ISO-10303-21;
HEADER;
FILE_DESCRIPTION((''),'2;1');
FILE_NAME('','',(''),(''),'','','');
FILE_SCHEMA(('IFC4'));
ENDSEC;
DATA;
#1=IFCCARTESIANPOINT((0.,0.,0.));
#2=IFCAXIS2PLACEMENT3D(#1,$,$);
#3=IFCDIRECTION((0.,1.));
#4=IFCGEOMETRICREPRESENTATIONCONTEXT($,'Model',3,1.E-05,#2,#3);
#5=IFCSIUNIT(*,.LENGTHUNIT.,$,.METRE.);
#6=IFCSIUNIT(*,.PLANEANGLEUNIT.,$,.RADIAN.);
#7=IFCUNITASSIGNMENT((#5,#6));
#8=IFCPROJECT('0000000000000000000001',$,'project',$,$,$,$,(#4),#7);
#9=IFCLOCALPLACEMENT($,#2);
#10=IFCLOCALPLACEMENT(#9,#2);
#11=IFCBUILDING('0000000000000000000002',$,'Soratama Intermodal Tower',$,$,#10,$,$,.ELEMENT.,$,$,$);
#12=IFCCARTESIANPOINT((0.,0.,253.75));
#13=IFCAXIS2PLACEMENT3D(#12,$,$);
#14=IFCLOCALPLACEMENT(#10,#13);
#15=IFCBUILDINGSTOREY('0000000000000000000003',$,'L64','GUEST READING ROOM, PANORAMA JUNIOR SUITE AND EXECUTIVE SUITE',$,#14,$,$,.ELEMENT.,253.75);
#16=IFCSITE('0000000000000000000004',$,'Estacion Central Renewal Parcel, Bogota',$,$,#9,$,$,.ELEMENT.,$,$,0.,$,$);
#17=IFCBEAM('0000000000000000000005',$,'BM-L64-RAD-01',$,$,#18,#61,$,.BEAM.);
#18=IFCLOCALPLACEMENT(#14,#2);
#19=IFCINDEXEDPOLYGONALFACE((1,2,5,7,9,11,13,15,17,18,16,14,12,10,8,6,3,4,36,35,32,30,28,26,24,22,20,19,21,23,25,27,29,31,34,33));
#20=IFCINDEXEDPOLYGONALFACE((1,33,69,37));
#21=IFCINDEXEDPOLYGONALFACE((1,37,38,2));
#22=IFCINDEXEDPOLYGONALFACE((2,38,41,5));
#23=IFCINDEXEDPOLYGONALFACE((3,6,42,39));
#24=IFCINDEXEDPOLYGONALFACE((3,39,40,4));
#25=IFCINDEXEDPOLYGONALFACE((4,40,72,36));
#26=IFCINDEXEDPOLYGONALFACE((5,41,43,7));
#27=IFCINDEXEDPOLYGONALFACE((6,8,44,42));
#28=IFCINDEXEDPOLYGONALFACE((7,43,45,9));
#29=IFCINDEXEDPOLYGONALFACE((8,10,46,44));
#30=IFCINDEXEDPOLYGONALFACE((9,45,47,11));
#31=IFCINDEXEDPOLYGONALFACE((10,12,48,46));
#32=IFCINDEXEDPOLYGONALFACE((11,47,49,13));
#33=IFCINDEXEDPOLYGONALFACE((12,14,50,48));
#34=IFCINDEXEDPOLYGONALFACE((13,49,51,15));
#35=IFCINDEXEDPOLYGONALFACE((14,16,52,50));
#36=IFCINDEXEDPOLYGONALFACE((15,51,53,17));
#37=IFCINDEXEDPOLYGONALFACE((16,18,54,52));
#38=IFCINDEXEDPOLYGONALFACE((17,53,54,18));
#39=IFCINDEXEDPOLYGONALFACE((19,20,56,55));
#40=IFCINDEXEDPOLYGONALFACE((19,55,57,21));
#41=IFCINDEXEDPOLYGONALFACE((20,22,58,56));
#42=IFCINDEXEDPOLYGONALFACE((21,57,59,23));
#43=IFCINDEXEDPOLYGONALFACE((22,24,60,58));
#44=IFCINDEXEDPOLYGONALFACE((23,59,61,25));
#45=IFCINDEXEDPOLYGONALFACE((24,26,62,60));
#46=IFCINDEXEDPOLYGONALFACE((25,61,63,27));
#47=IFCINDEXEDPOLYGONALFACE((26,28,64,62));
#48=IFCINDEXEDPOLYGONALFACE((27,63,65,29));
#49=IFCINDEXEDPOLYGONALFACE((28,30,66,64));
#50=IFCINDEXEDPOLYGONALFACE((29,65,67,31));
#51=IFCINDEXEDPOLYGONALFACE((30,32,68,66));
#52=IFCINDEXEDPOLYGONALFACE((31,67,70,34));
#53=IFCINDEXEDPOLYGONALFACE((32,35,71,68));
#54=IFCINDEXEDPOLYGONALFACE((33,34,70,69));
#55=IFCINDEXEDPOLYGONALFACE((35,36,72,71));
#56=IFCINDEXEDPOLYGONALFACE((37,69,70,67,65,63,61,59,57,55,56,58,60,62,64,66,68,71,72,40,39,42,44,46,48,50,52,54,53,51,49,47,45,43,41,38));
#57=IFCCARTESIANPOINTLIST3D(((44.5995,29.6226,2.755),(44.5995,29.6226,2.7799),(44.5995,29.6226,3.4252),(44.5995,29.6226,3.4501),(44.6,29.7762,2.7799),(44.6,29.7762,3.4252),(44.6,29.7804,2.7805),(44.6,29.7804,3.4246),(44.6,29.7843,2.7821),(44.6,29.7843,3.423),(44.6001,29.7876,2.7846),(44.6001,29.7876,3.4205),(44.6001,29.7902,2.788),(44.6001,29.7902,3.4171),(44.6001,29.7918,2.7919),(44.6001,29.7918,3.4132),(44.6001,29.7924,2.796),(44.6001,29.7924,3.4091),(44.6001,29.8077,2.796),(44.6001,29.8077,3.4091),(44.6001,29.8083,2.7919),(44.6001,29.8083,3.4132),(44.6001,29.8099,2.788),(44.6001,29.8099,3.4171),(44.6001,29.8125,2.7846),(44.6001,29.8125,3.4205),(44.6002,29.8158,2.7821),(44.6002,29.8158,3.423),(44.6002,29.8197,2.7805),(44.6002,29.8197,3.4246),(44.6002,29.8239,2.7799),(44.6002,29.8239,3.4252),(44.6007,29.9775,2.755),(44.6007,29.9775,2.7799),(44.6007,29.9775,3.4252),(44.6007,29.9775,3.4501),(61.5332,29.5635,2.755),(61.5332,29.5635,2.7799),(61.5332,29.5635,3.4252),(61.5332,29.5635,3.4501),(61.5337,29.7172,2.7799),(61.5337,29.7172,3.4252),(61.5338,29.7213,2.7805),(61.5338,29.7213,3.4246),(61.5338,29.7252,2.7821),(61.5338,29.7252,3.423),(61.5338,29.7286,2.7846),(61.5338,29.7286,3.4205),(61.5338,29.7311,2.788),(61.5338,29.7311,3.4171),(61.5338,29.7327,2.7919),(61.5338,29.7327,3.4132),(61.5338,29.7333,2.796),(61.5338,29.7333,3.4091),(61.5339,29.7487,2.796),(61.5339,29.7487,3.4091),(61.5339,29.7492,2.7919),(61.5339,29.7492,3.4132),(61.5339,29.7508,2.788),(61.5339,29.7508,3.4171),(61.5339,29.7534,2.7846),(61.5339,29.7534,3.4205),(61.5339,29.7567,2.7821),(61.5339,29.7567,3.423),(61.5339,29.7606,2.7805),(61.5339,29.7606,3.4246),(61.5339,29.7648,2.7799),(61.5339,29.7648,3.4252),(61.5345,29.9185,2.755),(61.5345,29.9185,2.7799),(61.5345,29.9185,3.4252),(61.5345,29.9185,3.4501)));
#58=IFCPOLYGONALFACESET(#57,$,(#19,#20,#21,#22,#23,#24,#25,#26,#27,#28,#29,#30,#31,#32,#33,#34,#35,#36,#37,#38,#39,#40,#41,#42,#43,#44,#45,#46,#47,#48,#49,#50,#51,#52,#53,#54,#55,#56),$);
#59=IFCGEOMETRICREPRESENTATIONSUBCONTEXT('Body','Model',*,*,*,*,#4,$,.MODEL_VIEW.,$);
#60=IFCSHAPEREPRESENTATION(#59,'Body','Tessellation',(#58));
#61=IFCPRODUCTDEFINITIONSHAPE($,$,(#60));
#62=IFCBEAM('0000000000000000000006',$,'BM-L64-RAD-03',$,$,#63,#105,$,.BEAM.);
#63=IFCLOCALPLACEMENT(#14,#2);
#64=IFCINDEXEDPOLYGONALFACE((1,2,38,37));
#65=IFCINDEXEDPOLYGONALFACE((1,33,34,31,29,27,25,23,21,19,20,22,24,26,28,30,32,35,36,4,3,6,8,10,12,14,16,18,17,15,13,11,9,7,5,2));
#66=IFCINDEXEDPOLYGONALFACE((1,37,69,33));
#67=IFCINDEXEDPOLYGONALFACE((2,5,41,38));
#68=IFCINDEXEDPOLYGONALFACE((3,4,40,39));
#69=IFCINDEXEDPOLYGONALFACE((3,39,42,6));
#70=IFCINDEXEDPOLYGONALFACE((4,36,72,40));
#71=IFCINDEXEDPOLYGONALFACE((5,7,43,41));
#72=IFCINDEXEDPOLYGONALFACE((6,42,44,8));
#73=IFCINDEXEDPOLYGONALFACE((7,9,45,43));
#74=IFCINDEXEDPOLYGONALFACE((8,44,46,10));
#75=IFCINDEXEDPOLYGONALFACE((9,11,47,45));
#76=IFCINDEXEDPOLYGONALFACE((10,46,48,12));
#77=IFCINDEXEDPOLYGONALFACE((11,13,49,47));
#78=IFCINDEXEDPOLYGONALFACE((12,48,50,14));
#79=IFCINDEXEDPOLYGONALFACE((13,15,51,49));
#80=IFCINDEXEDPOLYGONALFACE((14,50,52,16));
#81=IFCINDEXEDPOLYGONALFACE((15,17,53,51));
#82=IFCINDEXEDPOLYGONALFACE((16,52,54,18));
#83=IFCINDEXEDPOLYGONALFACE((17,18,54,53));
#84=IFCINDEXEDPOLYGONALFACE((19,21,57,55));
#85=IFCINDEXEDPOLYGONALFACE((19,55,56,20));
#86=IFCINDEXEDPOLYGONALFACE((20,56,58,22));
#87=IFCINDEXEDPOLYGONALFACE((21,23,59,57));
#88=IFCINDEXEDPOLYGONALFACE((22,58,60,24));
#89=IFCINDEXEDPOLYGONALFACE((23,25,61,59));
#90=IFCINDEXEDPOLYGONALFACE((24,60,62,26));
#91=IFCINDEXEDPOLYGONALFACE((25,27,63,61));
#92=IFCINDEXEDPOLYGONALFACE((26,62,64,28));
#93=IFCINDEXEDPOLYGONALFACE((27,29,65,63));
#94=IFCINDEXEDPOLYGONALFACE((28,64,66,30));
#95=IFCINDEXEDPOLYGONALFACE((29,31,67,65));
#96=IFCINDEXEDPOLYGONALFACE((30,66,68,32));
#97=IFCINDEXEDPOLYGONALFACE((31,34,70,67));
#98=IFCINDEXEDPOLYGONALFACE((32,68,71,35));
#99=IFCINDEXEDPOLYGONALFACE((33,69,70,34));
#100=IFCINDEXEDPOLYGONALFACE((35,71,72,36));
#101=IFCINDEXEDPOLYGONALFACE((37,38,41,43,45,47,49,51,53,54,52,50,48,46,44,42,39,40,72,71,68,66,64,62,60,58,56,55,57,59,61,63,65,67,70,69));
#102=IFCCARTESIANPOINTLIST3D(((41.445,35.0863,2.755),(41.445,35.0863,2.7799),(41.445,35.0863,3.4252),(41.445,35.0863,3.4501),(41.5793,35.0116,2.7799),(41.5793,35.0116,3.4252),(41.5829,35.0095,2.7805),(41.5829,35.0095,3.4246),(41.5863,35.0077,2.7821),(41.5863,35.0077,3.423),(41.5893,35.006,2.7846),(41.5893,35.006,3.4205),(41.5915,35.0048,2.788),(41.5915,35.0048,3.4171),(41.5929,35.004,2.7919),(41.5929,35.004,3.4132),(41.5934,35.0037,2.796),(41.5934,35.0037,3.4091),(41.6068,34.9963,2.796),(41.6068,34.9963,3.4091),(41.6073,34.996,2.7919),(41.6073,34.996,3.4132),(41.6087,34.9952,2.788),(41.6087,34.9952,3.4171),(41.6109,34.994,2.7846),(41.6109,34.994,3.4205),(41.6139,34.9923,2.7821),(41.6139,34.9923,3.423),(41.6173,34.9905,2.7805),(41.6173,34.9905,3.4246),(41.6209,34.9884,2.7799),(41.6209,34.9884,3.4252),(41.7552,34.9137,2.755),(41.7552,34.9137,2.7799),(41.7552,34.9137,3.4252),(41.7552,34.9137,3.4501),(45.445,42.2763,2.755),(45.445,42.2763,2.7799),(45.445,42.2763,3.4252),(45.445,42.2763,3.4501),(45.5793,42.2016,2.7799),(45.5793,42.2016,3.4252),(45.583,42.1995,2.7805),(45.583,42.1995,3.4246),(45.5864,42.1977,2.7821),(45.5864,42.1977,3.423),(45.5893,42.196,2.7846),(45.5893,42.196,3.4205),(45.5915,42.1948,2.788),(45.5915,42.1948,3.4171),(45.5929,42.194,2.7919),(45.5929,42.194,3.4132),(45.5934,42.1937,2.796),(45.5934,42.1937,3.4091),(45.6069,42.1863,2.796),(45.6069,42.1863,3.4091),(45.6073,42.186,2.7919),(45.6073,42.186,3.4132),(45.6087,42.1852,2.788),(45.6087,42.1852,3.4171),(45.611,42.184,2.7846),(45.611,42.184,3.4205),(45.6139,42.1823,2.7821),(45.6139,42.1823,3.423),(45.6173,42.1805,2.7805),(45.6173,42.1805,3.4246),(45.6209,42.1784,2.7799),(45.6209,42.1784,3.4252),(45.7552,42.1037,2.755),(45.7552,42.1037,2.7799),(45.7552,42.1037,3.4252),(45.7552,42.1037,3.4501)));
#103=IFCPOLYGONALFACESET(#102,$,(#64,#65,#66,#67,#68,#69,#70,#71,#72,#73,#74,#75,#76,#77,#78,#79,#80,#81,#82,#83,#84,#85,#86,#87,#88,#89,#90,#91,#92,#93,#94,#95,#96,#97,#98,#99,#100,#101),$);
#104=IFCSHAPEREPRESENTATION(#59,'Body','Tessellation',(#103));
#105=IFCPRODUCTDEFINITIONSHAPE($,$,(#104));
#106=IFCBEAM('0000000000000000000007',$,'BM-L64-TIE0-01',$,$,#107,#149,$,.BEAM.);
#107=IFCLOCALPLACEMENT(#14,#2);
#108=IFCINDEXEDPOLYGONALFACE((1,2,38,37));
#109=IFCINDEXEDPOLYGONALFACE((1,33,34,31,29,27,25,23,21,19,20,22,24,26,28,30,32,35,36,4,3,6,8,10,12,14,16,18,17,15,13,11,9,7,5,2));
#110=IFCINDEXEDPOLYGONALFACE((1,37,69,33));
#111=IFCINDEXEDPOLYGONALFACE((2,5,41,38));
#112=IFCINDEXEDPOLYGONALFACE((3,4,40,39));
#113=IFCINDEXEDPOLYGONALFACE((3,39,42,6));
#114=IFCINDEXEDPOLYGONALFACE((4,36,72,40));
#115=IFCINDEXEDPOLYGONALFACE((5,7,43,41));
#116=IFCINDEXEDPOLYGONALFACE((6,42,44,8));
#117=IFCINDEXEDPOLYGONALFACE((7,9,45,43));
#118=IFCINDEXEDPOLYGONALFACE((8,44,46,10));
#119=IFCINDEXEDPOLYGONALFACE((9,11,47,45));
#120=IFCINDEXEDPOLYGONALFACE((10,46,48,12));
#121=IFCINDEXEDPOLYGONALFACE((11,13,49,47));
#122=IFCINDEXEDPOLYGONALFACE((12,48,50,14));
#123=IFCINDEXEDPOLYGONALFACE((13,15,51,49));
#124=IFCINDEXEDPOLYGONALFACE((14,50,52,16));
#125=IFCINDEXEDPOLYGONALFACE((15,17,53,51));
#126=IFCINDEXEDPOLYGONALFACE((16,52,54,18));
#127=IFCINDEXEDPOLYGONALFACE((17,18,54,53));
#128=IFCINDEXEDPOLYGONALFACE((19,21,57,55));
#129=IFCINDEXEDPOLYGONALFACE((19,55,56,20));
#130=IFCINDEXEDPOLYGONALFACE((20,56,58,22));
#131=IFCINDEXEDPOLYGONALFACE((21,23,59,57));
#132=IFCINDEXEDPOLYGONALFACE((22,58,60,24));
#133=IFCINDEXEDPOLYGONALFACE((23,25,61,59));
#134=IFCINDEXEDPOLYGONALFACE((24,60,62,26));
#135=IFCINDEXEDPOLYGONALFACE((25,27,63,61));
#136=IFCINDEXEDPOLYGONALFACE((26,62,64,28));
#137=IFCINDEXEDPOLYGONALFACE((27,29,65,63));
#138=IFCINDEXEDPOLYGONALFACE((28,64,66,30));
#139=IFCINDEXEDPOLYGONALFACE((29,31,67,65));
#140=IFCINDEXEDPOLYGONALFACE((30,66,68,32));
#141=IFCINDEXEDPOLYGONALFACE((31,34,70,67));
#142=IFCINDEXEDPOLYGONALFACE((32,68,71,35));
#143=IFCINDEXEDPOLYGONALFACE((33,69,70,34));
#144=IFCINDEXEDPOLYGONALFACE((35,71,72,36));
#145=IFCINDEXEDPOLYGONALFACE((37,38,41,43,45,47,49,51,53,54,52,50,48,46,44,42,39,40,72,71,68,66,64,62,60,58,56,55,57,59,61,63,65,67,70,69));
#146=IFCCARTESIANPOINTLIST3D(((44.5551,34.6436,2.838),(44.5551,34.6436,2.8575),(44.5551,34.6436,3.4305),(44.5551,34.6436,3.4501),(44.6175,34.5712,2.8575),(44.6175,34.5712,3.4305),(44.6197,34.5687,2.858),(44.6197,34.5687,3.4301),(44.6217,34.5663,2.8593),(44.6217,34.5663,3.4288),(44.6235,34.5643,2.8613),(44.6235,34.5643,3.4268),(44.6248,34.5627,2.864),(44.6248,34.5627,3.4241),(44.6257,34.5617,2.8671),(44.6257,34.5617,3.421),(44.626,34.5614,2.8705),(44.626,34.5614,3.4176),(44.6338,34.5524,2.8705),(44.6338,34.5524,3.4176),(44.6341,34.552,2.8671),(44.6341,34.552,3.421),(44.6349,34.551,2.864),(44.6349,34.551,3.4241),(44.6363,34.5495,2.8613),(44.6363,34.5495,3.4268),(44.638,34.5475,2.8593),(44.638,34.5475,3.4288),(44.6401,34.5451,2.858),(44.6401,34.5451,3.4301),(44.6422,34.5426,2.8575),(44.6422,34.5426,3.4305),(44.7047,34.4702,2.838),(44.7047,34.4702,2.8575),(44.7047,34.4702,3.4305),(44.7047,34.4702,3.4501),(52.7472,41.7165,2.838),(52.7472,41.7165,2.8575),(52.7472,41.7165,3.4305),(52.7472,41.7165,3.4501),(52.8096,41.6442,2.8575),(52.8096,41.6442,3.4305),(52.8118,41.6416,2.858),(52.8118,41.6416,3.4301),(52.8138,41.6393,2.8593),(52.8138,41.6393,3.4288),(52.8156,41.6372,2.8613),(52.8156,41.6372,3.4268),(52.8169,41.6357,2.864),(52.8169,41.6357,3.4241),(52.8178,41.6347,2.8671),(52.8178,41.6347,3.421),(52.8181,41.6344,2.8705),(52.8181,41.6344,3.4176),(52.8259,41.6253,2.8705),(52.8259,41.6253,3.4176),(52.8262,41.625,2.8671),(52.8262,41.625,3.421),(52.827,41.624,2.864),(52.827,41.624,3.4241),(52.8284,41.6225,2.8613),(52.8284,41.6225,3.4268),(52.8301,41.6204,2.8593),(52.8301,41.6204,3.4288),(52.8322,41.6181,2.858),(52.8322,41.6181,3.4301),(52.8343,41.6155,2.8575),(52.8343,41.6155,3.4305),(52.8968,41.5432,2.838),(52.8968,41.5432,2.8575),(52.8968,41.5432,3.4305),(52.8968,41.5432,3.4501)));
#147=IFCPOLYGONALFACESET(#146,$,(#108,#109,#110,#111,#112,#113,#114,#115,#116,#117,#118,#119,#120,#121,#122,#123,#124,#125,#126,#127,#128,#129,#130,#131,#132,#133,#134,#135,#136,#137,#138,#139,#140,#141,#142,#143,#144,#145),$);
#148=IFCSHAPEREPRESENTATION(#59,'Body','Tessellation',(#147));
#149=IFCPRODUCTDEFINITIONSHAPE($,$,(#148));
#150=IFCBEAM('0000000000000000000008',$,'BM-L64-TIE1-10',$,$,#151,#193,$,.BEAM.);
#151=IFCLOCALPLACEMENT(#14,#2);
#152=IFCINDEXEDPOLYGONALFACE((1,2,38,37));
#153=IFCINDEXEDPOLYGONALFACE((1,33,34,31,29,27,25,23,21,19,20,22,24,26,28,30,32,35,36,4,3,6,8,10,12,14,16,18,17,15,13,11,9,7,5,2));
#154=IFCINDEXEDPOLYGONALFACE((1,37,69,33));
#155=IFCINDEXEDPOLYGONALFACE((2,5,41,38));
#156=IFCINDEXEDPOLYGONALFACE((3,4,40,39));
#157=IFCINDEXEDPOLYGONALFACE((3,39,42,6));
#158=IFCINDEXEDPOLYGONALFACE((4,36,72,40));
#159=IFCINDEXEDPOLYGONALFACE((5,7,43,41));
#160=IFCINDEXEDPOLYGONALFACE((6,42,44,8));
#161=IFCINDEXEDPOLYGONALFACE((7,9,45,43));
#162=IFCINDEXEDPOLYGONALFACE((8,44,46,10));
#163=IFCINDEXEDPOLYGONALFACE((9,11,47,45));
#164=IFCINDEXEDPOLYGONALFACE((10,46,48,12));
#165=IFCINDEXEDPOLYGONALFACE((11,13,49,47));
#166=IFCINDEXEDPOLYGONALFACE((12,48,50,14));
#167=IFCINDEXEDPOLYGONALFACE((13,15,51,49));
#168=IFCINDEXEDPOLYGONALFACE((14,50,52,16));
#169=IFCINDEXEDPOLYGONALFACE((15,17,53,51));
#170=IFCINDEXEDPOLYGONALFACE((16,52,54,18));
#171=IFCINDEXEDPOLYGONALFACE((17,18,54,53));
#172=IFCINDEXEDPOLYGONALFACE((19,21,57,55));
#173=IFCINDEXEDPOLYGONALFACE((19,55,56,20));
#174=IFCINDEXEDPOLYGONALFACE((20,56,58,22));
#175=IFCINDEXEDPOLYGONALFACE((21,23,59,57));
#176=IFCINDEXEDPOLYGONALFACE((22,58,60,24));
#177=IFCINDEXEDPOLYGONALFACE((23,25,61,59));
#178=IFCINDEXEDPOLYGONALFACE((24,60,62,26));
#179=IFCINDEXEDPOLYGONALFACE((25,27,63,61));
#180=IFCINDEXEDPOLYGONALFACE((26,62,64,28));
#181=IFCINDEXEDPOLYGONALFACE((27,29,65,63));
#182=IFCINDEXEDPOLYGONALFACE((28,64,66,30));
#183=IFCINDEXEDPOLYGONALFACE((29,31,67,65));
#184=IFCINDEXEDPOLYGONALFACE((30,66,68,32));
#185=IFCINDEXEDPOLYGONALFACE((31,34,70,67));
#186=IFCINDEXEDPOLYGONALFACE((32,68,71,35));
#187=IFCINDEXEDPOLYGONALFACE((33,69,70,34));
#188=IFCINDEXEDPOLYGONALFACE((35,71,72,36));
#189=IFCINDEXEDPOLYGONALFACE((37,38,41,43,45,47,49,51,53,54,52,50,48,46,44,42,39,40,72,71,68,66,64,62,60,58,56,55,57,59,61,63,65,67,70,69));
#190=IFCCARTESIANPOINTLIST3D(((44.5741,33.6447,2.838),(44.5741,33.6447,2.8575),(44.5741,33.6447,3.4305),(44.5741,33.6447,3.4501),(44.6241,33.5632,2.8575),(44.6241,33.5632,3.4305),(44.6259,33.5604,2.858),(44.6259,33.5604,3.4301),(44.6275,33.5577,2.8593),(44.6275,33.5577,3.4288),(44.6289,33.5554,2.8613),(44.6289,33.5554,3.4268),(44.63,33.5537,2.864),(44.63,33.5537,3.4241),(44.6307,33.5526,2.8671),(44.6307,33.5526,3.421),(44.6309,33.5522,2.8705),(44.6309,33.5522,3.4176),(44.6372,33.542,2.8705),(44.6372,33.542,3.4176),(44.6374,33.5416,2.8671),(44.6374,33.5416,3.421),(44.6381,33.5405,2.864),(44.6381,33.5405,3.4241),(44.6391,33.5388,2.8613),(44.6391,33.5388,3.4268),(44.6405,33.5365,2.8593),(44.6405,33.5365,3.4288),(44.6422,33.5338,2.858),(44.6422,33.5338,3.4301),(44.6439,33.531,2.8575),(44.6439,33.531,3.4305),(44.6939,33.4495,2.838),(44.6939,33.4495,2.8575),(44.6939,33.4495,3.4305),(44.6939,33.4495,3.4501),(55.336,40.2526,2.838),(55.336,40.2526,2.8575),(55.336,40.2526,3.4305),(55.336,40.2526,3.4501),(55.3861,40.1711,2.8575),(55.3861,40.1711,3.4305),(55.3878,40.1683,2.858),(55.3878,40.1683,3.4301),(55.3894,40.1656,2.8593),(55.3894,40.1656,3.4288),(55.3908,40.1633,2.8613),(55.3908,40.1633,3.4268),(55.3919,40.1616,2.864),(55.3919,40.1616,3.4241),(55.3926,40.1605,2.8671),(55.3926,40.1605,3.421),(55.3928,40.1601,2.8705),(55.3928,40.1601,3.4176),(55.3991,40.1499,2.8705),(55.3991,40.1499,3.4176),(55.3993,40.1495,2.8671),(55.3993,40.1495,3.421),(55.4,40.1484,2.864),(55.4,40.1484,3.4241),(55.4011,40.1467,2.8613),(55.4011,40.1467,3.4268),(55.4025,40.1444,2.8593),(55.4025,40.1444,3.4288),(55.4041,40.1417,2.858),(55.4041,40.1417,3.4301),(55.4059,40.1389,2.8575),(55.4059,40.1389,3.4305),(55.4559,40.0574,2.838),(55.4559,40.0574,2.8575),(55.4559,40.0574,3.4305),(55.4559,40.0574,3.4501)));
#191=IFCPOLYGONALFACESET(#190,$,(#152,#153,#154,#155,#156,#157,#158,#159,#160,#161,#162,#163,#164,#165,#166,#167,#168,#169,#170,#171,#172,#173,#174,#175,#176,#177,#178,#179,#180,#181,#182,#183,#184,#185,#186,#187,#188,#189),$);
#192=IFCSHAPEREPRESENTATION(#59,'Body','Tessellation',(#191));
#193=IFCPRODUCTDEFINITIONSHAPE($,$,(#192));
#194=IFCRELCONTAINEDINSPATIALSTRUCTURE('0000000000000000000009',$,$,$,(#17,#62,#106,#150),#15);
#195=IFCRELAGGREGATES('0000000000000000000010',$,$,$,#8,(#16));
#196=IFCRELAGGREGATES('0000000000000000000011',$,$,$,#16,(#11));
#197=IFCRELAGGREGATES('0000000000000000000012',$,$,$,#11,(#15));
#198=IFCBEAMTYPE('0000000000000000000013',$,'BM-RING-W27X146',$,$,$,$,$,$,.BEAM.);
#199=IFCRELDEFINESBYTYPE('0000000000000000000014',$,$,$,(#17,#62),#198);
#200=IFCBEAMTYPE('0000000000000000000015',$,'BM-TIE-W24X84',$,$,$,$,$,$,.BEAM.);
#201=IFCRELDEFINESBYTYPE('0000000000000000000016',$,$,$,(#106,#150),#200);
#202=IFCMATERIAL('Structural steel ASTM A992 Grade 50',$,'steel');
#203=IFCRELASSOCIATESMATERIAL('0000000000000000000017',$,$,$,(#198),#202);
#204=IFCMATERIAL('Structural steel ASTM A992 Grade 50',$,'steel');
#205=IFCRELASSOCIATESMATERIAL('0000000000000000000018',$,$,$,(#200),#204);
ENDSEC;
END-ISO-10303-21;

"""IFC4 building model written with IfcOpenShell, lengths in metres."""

from ifc_helpers import new_model, si_unit, direction, frame, origin, origin_2d, place, context, subcontext, project, spatial, i_section, extrude, material, material_profile, profile_set, type_object, element, save


model = new_model("IFC4")

# Units and contexts
model_context = context("Model", 3, precision=1e-05, world=origin(), true_north=direction((0.0, 1.0)))
body_context = subcontext(model_context, "Body", "Model", "MODEL_VIEW")
ifc_project = project(units=[si_unit("LENGTHUNIT", "METRE"), si_unit("PLANEANGLEUNIT", "RADIAN")], contexts=[model_context])

# Site, building, storey
site_placement = place(None, origin())
site = spatial("IfcSite", under=ifc_project, at=site_placement, Name="Estacion Central Renewal Parcel, Bogota", CompositionType="ELEMENT", RefElevation=0.0)
building_placement = place(site_placement, origin())
building = spatial("IfcBuilding", under=site, at=building_placement, Name="Soratama Intermodal Tower", CompositionType="ELEMENT")
storey_placement = place(building_placement, frame((0.0, 0.0, 253.75)))
storey = spatial("IfcBuildingStorey", under=building, at=storey_placement, Name="L64", Description="GUEST READING ROOM, PANORAMA JUNIOR SUITE AND EXECUTIVE SUITE", CompositionType="ELEMENT", Elevation=253.75)

# Beams
ifc_material_1 = material(Name="Structural steel ASTM A992 Grade 50", Category="steel")
ifc_material_profile_1 = material_profile(ifc_material_1, i_section(OverallWidth=0.355, OverallDepth=0.6951, WebThickness=0.0154, FlangeThickness=0.0249, FilletRadius=0.0161, at=origin_2d()), Name="W27X146")
ifc_profile_set_1 = profile_set([ifc_material_profile_1], Name="Structural steel ASTM A992 Grade 50")
beam_type_1 = type_object("IfcBeamType", Name="BM-RING-W27X146", PredefinedType="BEAM", material=ifc_profile_set_1)
beam_1_placement = place(storey_placement, frame((44.6001, 29.8, 3.1025), z_axis=(0.999994, -0.003489, 0.0), x_axis=(0.003489, 0.999994, 0.0)))
element("IfcBeam", 1, at=beam_1_placement, inside=storey, type_object=beam_type_1, Name="BM-L64-RAD-01", PredefinedType="BEAM", context=body_context, shape_type="SweptSolid", body=[
    extrude(i_section(OverallWidth=0.355, OverallDepth=0.6951, WebThickness=0.0154, FlangeThickness=0.0249, FilletRadius=0.0161, at=origin_2d()), origin(), (0.0, 0.0, 1.0), 16.9338),
])
beam_2_placement = place(storey_placement, frame((41.6001, 35.0, 3.1025), z_axis=(0.486162, 0.873869, 0.0), x_axis=(-0.873869, 0.486162, 0.0)))
element("IfcBeam", 2, at=beam_2_placement, inside=storey, type_object=beam_type_1, Name="BM-L64-RAD-03", PredefinedType="BEAM", context=body_context, shape_type="SweptSolid", body=[
    extrude(i_section(OverallWidth=0.355, OverallDepth=0.6951, WebThickness=0.0154, FlangeThickness=0.0249, FilletRadius=0.0161, at=origin_2d()), origin(), (0.0, 0.0, 1.0), 8.2278),
])
ifc_material_2 = material(Name="Structural steel ASTM A992 Grade 50", Category="steel")
ifc_material_profile_2 = material_profile(ifc_material_2, i_section(OverallWidth=0.229, OverallDepth=0.6121, WebThickness=0.012, FlangeThickness=0.0195, FilletRadius=0.0129, at=origin_2d()), Name="W24X84")
ifc_profile_set_2 = profile_set([ifc_material_profile_2], Name="Structural steel ASTM A992 Grade 50")
beam_type_2 = type_object("IfcBeamType", Name="BM-TIE-W24X84", PredefinedType="BEAM", material=ifc_profile_set_2)
beam_3_placement = place(storey_placement, frame((44.6299, 34.5569, 3.144), z_axis=(0.756916, 0.653512, 0.0), x_axis=(-0.653512, 0.756916, 0.0)))
element("IfcBeam", 3, at=beam_3_placement, inside=storey, type_object=beam_type_2, Name="BM-L64-TIE0-01", PredefinedType="BEAM", context=body_context, shape_type="SweptSolid", body=[
    extrude(i_section(OverallWidth=0.229, OverallDepth=0.6121, WebThickness=0.012, FlangeThickness=0.0195, FilletRadius=0.0129, at=origin_2d()), origin(), (0.0, 0.0, 1.0), 10.823),
])
beam_4_placement = place(storey_placement, frame((44.634, 33.5471, 3.144), z_axis=(0.852182, 0.523245, 0.0), x_axis=(-0.523245, 0.852182, 0.0)))
element("IfcBeam", 4, at=beam_4_placement, inside=storey, type_object=beam_type_2, Name="BM-L64-TIE1-10", PredefinedType="BEAM", context=body_context, shape_type="SweptSolid", body=[
    extrude(i_section(OverallWidth=0.229, OverallDepth=0.6121, WebThickness=0.012, FlangeThickness=0.0195, FilletRadius=0.0129, at=origin_2d()), origin(), (0.0, 0.0, 1.0), 12.6287),
])

save(model, "model.ifc")
